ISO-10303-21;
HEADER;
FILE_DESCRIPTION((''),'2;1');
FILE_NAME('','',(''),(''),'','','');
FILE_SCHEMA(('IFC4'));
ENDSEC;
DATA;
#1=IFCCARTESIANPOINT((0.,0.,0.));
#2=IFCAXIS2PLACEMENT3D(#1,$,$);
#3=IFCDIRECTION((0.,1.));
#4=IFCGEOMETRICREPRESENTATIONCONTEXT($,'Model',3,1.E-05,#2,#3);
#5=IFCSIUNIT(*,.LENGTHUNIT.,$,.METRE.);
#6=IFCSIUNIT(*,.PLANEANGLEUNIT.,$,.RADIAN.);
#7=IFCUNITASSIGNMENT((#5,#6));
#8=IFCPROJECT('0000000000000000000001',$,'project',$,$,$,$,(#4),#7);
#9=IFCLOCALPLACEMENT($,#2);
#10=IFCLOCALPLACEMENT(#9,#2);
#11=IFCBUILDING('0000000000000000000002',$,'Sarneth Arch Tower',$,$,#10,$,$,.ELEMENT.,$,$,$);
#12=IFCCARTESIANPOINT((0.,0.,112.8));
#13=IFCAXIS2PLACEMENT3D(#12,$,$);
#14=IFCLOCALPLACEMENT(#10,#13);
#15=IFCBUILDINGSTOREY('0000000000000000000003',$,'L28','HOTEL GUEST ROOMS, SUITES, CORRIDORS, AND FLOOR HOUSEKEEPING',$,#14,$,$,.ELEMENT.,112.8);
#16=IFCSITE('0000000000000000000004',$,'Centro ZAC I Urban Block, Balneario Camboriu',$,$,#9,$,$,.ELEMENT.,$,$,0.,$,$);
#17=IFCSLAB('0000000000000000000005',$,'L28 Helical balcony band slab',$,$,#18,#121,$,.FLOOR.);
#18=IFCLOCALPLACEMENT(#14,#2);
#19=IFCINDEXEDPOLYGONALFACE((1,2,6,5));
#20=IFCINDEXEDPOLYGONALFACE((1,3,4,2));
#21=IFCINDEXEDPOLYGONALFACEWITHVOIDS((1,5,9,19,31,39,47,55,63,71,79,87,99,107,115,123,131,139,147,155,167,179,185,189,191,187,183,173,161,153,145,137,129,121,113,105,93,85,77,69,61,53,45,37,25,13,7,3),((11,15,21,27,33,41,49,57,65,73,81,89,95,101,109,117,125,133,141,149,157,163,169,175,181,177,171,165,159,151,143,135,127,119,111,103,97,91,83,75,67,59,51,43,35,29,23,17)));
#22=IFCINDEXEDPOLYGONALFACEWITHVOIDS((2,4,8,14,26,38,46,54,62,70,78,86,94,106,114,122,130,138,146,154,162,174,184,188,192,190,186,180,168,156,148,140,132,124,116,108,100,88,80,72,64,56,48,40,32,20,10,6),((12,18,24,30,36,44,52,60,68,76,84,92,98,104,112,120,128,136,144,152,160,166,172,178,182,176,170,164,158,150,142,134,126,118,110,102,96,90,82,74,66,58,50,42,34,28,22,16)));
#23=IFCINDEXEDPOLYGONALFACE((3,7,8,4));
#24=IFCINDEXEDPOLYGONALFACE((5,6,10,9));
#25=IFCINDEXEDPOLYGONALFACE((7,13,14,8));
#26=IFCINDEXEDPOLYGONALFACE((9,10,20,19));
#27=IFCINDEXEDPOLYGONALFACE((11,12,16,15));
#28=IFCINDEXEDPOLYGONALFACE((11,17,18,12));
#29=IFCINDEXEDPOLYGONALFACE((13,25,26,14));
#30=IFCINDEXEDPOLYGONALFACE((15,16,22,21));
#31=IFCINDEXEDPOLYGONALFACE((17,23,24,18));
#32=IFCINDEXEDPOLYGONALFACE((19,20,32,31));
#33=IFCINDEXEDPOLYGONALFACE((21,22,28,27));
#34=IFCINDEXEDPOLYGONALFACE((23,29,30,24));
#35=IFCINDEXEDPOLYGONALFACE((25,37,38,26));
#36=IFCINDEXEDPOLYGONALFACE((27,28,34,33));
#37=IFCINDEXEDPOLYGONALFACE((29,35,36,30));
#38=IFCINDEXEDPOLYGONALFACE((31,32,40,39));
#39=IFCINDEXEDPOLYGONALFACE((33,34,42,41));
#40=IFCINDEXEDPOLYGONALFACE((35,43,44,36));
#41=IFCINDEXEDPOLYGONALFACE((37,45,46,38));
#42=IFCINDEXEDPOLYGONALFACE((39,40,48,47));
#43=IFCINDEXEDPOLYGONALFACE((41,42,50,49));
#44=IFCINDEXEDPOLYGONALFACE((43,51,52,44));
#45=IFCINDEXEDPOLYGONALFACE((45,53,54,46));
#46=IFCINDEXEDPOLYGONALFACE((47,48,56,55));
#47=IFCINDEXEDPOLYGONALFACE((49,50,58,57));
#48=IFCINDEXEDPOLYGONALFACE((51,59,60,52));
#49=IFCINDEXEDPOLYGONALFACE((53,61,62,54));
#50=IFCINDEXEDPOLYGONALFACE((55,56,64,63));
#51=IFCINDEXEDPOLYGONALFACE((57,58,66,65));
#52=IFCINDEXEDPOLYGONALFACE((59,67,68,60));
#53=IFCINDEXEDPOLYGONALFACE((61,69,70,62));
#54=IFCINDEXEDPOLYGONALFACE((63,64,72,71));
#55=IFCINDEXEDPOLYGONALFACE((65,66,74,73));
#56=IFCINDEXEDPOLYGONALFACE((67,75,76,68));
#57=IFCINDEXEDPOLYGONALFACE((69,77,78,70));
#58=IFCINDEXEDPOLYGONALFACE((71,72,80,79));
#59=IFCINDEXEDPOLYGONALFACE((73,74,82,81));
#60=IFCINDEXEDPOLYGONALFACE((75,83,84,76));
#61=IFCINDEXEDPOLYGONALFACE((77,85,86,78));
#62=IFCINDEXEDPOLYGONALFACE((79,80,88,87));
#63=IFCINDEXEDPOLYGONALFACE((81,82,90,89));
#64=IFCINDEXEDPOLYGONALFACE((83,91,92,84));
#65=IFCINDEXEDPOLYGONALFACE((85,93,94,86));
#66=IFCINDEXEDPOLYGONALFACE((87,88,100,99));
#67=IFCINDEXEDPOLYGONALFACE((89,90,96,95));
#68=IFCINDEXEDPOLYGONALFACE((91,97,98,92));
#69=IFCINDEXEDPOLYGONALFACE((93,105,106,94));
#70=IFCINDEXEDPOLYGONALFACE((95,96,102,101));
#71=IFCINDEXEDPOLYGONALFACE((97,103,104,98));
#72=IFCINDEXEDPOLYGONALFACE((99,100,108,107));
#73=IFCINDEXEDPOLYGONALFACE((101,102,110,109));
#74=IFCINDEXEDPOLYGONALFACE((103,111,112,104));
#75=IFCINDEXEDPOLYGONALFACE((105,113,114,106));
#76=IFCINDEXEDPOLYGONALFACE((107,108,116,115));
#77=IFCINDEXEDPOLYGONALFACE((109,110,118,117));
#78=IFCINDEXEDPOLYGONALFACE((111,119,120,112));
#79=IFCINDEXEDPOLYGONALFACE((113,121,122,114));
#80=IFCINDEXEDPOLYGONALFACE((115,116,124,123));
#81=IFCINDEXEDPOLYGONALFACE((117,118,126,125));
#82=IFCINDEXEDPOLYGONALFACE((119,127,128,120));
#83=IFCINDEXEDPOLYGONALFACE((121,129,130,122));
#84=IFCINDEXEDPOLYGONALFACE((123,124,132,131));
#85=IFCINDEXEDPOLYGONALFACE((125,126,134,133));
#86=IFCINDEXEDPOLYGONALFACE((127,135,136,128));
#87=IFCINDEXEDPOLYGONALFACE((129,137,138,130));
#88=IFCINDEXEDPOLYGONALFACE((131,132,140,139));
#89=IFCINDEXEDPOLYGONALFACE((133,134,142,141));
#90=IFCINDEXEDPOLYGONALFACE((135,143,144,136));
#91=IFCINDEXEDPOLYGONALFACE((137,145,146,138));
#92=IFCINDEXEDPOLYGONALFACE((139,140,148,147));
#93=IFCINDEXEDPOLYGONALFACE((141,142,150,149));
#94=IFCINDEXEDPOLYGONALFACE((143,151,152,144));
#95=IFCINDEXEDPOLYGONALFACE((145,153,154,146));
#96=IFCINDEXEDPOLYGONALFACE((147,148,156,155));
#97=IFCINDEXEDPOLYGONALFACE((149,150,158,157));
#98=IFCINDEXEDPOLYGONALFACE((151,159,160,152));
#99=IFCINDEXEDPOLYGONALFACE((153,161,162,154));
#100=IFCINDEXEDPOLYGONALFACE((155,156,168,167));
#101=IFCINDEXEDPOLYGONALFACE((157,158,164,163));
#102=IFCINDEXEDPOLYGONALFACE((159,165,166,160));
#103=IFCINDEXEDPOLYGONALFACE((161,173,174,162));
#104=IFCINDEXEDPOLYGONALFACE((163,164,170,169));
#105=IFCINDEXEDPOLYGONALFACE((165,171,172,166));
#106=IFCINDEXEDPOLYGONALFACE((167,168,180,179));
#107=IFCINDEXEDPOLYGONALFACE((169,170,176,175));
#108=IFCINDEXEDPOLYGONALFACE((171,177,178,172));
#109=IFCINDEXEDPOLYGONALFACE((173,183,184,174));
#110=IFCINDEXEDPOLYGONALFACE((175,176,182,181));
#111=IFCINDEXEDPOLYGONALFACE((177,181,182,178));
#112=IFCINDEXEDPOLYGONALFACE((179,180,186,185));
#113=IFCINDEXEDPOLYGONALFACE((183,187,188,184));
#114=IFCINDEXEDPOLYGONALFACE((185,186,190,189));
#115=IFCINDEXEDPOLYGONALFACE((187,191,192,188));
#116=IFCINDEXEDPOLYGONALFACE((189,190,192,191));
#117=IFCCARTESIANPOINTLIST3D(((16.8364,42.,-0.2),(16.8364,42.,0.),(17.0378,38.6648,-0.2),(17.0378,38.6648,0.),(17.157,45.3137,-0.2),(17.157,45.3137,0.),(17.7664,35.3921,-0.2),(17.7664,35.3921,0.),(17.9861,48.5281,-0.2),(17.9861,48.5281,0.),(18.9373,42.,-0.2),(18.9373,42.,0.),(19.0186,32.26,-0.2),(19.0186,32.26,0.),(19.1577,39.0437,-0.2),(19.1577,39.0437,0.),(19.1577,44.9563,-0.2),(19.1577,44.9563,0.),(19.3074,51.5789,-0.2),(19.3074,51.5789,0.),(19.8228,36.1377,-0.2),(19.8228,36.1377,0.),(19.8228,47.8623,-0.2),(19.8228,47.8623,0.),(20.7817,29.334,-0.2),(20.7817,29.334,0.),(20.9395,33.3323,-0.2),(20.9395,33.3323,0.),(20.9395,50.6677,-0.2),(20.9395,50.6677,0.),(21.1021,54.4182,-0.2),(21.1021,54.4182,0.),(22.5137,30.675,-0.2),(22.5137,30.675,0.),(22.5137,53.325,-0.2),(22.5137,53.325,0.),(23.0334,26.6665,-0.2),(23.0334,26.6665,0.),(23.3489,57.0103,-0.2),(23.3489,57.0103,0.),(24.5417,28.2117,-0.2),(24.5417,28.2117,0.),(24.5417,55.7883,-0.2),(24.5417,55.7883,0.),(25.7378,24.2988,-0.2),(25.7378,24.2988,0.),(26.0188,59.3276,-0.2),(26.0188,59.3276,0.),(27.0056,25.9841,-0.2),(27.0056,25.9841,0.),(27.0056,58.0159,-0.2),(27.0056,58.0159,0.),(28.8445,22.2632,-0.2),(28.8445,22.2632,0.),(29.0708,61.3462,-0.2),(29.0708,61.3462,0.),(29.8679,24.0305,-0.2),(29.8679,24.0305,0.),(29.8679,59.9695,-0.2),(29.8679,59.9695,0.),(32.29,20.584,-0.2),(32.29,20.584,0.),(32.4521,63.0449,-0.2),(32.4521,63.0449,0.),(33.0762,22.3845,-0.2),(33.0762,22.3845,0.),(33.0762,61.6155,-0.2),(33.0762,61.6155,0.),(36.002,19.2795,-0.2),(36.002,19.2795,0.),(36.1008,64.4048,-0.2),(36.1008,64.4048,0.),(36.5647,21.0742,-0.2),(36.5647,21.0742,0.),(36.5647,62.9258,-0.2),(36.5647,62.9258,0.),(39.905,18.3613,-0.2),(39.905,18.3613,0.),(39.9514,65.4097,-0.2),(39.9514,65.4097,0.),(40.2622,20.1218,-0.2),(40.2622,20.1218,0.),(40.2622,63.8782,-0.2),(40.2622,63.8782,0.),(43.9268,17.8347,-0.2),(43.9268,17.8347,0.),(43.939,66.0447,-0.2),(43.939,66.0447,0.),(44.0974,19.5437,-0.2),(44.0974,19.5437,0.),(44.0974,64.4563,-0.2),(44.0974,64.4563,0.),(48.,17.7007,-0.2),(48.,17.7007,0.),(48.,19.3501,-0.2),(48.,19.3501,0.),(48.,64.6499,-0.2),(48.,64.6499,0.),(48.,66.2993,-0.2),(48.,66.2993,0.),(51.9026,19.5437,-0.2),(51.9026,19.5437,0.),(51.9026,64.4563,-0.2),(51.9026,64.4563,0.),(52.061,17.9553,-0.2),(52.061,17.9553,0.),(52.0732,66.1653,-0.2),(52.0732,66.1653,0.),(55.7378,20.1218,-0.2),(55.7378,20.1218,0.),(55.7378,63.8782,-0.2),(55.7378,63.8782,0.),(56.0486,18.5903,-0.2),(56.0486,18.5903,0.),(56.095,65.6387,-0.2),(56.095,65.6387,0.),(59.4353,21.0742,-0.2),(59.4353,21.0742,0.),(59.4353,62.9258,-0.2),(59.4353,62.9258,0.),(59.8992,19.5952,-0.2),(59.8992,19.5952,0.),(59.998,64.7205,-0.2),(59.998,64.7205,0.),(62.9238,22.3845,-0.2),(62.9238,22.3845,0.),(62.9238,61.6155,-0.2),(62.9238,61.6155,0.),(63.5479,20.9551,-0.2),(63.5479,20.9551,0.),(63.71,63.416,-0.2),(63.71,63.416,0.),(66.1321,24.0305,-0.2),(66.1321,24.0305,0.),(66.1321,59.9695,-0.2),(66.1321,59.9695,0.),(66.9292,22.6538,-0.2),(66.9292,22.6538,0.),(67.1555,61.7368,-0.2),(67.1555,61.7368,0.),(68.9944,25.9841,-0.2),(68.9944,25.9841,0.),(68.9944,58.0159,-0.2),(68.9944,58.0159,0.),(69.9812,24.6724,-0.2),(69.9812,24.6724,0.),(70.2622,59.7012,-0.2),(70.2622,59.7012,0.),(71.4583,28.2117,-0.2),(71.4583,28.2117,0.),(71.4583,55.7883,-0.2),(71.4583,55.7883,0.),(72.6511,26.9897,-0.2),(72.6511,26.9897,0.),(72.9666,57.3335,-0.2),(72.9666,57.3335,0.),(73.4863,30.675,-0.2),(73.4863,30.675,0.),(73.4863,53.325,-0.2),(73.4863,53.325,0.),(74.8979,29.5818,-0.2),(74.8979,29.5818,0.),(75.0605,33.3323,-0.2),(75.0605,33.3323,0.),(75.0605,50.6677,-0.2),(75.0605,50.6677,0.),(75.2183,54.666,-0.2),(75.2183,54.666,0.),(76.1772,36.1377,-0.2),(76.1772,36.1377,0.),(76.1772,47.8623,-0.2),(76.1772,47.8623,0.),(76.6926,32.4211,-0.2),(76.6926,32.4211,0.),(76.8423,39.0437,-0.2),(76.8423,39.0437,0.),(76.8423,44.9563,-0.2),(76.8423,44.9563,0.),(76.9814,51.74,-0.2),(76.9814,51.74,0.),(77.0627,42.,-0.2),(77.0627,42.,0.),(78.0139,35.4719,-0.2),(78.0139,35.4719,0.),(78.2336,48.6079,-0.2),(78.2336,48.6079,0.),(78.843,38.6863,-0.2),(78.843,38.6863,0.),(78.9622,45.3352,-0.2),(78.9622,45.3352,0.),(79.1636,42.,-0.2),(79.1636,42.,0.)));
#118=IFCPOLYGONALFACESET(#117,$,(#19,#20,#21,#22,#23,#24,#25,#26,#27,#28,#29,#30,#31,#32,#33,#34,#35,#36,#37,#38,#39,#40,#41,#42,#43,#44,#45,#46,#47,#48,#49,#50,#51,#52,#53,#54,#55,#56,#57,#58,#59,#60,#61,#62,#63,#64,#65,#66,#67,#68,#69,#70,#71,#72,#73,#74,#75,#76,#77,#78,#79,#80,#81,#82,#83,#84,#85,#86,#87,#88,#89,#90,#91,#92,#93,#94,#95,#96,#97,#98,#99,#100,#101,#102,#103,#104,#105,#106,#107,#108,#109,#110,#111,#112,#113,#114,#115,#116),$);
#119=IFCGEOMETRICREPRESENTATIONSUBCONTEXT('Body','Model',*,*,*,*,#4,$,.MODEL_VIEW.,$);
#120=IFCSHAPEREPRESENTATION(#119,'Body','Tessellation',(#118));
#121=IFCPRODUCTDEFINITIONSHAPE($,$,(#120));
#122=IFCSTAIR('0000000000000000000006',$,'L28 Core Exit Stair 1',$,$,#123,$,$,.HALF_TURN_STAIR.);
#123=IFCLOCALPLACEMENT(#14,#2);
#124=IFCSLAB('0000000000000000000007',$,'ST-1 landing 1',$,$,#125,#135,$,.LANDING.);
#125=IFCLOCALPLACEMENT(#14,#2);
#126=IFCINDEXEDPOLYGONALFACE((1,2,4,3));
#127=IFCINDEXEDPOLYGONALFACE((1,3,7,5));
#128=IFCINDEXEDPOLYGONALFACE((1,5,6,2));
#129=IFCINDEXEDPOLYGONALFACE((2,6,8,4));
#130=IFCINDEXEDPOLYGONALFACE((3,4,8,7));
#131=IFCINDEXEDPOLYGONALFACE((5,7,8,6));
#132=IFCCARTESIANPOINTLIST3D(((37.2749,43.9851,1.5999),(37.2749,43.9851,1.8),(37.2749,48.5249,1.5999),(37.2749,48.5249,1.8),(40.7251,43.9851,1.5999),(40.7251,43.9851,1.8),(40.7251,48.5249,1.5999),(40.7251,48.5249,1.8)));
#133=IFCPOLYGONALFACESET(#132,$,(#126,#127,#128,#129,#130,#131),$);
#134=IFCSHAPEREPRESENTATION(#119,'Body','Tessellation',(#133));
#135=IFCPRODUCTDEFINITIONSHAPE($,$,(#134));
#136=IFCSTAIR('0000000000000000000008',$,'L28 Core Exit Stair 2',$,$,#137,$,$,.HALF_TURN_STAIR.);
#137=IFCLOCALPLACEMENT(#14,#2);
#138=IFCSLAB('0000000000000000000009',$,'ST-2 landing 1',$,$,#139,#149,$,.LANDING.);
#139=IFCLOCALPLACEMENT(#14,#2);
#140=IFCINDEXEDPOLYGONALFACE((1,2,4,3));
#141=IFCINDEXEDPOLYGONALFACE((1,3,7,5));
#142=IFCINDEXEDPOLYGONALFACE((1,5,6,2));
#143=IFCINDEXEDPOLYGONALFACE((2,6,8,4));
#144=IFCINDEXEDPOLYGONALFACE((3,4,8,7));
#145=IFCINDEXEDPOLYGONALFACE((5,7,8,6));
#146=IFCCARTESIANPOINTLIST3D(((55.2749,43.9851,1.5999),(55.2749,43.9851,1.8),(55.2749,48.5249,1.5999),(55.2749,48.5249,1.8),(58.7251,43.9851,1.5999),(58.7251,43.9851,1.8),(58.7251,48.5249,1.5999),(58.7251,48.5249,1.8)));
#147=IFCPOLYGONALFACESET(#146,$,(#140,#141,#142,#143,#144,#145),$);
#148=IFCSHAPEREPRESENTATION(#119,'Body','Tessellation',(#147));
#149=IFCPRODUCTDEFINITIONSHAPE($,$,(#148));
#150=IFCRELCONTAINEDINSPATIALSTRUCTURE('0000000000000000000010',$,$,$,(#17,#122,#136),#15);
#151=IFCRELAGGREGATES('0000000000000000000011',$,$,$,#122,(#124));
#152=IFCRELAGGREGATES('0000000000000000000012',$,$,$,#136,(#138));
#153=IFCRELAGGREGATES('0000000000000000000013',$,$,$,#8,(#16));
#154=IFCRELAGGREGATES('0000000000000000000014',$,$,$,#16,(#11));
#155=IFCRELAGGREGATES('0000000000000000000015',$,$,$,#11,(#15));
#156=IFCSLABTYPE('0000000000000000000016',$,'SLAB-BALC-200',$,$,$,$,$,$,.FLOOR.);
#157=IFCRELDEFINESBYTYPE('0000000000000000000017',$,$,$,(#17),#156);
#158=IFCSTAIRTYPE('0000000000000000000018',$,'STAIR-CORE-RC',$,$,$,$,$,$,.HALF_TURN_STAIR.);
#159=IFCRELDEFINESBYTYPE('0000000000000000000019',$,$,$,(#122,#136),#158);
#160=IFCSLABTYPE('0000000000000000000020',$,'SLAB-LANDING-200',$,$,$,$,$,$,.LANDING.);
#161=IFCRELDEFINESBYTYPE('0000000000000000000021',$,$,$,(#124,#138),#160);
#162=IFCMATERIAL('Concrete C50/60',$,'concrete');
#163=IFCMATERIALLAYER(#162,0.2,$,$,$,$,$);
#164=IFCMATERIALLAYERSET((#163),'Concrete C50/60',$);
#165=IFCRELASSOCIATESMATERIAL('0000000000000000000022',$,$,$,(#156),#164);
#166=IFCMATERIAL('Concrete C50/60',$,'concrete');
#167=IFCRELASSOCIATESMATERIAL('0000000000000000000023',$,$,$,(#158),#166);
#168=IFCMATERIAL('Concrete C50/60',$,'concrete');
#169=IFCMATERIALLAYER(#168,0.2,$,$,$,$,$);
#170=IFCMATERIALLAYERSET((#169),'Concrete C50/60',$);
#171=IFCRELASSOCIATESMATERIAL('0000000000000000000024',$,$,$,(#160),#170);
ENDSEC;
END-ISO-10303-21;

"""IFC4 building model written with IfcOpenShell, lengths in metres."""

from ifc_helpers import new_model, si_unit, direction, frame, origin, place, context, subcontext, project, spatial, polyline, outline, extrude, material, layer, layer_set, type_object, element, aggregate, save


model = new_model("IFC4")

# Units and contexts
model_context = context("Model", 3, precision=1e-05, world=origin(), true_north=direction((0.0, 1.0)))
body_context = subcontext(model_context, "Body", "Model", "MODEL_VIEW")
ifc_project = project(units=[si_unit("LENGTHUNIT", "METRE"), si_unit("PLANEANGLEUNIT", "RADIAN")], contexts=[model_context])

# Site, building, storey
site_placement = place(None, origin())
site = spatial("IfcSite", under=ifc_project, at=site_placement, Name="Centro ZAC I Urban Block, Balneario Camboriu", CompositionType="ELEMENT", RefElevation=0.0)
building_placement = place(site_placement, origin())
building = spatial("IfcBuilding", under=site, at=building_placement, Name="Sarneth Arch Tower", CompositionType="ELEMENT")
storey_placement = place(building_placement, frame((0.0, 0.0, 112.8)))
storey = spatial("IfcBuildingStorey", under=building, at=storey_placement, Name="L28", Description="HOTEL GUEST ROOMS, SUITES, CORRIDORS, AND FLOOR HOUSEKEEPING", CompositionType="ELEMENT", Elevation=112.8)

# Slab
ifc_material_1 = material(Name="Concrete C50/60", Category="concrete")
ifc_layer_1 = layer(ifc_material_1, 0.2)
ifc_layer_set_1 = layer_set([ifc_layer_1], Name="Concrete C50/60")
slab_type_1 = type_object("IfcSlabType", Name="SLAB-BALC-200", PredefinedType="FLOOR", material=ifc_layer_set_1)
slab_1_placement = place(storey_placement, frame((0.0, 0.0, -0.2)))
element("IfcSlab", 1, at=slab_1_placement, inside=storey, type_object=slab_type_1, Name="L28 Helical balcony band slab", PredefinedType="FLOOR", context=body_context, shape_type="SweptSolid", body=[
    extrude(outline(polyline([(79.1636, 42.0), (78.9622, 45.3352), (78.2336, 48.6079), (76.9814, 51.74), (75.2183, 54.666), (72.9666, 57.3335), (70.2622, 59.7012), (67.1555, 61.7368), (63.71, 63.416), (59.998, 64.7205), (56.095, 65.6387), (52.0732, 66.1653), (48.0, 66.2993), (43.939, 66.0447), (39.9514, 65.4097), (36.1008, 64.4048), (32.4521, 63.0449), (29.0708, 61.3462), (26.0188, 59.3276), (23.3489, 57.0103), (21.1021, 54.4182), (19.3074, 51.5789), (17.9861, 48.5281), (17.157, 45.3137), (16.8364, 42.0), (17.0378, 38.6648), (17.7664, 35.3921), (19.0186, 32.26), (20.7817, 29.334), (23.0334, 26.6665), (25.7378, 24.2988), (28.8445, 22.2632), (32.29, 20.584), (36.002, 19.2795), (39.905, 18.3613), (43.9268, 17.8347), (48.0, 17.7007), (52.061, 17.9553), (56.0486, 18.5903), (59.8992, 19.5952), (63.5479, 20.9551), (66.9292, 22.6538), (69.9812, 24.6724), (72.6511, 26.9897), (74.8979, 29.5818), (76.6926, 32.4211), (78.0139, 35.4719), (78.843, 38.6863), (79.1636, 42.0)]), holes=[polyline([(77.0627, 42.0), (76.8423, 44.9563), (76.1772, 47.8623), (75.0605, 50.6677), (73.4863, 53.325), (71.4583, 55.7883), (68.9944, 58.0159), (66.1321, 59.9695), (62.9238, 61.6155), (59.4353, 62.9258), (55.7378, 63.8782), (51.9026, 64.4563), (48.0, 64.6499), (44.0974, 64.4563), (40.2622, 63.8782), (36.5647, 62.9258), (33.0762, 61.6155), (29.8679, 59.9695), (27.0056, 58.0159), (24.5417, 55.7883), (22.5137, 53.325), (20.9395, 50.6677), (19.8228, 47.8623), (19.1577, 44.9563), (18.9373, 42.0), (19.1577, 39.0437), (19.8228, 36.1377), (20.9395, 33.3323), (22.5137, 30.675), (24.5417, 28.2117), (27.0056, 25.9841), (29.8679, 24.0305), (33.0762, 22.3845), (36.5647, 21.0742), (40.2622, 20.1218), (44.0974, 19.5437), (48.0, 19.3501), (51.9026, 19.5437), (55.7378, 20.1218), (59.4353, 21.0742), (62.9238, 22.3845), (66.1321, 24.0305), (68.9944, 25.9841), (71.4583, 28.2117), (73.4863, 30.675), (75.0605, 33.3323), (76.1772, 36.1377), (76.8423, 39.0437), (77.0627, 42.0)])]), origin(), (0.0, 0.0, 1.0), 0.2),
])

# Stairs, slabs
ifc_material_2 = material(Name="Concrete C50/60", Category="concrete")
stair_type = type_object("IfcStairType", Name="STAIR-CORE-RC", PredefinedType="HALF_TURN_STAIR", material=ifc_material_2)
stair_1_placement = place(storey_placement, origin())
stair_1 = element("IfcStair", 2, at=stair_1_placement, inside=storey, type_object=stair_type, Name="L28 Core Exit Stair 1", PredefinedType="HALF_TURN_STAIR")
ifc_material_3 = material(Name="Concrete C50/60", Category="concrete")
ifc_layer_2 = layer(ifc_material_3, 0.2)
ifc_layer_set_2 = layer_set([ifc_layer_2], Name="Concrete C50/60")
slab_type_2 = type_object("IfcSlabType", Name="SLAB-LANDING-200", PredefinedType="LANDING", material=ifc_layer_set_2)
slab_2_placement = place(storey_placement, frame((0.0, 0.0, 1.5999)))
slab_2 = element("IfcSlab", 3, at=slab_2_placement, type_object=slab_type_2, Name="ST-1 landing 1", PredefinedType="LANDING", context=body_context, shape_type="SweptSolid", body=[
    extrude(outline(polyline([(37.2749, 43.9851), (40.7251, 43.9851), (40.7251, 48.5249), (37.2749, 48.5249), (37.2749, 43.9851)])), origin(), (0.0, 0.0, 1.0), 0.2002),
])
aggregate(stair_1, [slab_2])
stair_2_placement = place(storey_placement, origin())
stair_2 = element("IfcStair", 4, at=stair_2_placement, inside=storey, type_object=stair_type, Name="L28 Core Exit Stair 2", PredefinedType="HALF_TURN_STAIR")
slab_3_placement = place(storey_placement, frame((0.0, 0.0, 1.5999)))
slab_3 = element("IfcSlab", 5, at=slab_3_placement, type_object=slab_type_2, Name="ST-2 landing 1", PredefinedType="LANDING", context=body_context, shape_type="SweptSolid", body=[
    extrude(outline(polyline([(55.2749, 43.9851), (58.7251, 43.9851), (58.7251, 48.5249), (55.2749, 48.5249), (55.2749, 43.9851)])), origin(), (0.0, 0.0, 1.0), 0.2002),
])
aggregate(stair_2, [slab_3])

save(model, "model.ifc")
